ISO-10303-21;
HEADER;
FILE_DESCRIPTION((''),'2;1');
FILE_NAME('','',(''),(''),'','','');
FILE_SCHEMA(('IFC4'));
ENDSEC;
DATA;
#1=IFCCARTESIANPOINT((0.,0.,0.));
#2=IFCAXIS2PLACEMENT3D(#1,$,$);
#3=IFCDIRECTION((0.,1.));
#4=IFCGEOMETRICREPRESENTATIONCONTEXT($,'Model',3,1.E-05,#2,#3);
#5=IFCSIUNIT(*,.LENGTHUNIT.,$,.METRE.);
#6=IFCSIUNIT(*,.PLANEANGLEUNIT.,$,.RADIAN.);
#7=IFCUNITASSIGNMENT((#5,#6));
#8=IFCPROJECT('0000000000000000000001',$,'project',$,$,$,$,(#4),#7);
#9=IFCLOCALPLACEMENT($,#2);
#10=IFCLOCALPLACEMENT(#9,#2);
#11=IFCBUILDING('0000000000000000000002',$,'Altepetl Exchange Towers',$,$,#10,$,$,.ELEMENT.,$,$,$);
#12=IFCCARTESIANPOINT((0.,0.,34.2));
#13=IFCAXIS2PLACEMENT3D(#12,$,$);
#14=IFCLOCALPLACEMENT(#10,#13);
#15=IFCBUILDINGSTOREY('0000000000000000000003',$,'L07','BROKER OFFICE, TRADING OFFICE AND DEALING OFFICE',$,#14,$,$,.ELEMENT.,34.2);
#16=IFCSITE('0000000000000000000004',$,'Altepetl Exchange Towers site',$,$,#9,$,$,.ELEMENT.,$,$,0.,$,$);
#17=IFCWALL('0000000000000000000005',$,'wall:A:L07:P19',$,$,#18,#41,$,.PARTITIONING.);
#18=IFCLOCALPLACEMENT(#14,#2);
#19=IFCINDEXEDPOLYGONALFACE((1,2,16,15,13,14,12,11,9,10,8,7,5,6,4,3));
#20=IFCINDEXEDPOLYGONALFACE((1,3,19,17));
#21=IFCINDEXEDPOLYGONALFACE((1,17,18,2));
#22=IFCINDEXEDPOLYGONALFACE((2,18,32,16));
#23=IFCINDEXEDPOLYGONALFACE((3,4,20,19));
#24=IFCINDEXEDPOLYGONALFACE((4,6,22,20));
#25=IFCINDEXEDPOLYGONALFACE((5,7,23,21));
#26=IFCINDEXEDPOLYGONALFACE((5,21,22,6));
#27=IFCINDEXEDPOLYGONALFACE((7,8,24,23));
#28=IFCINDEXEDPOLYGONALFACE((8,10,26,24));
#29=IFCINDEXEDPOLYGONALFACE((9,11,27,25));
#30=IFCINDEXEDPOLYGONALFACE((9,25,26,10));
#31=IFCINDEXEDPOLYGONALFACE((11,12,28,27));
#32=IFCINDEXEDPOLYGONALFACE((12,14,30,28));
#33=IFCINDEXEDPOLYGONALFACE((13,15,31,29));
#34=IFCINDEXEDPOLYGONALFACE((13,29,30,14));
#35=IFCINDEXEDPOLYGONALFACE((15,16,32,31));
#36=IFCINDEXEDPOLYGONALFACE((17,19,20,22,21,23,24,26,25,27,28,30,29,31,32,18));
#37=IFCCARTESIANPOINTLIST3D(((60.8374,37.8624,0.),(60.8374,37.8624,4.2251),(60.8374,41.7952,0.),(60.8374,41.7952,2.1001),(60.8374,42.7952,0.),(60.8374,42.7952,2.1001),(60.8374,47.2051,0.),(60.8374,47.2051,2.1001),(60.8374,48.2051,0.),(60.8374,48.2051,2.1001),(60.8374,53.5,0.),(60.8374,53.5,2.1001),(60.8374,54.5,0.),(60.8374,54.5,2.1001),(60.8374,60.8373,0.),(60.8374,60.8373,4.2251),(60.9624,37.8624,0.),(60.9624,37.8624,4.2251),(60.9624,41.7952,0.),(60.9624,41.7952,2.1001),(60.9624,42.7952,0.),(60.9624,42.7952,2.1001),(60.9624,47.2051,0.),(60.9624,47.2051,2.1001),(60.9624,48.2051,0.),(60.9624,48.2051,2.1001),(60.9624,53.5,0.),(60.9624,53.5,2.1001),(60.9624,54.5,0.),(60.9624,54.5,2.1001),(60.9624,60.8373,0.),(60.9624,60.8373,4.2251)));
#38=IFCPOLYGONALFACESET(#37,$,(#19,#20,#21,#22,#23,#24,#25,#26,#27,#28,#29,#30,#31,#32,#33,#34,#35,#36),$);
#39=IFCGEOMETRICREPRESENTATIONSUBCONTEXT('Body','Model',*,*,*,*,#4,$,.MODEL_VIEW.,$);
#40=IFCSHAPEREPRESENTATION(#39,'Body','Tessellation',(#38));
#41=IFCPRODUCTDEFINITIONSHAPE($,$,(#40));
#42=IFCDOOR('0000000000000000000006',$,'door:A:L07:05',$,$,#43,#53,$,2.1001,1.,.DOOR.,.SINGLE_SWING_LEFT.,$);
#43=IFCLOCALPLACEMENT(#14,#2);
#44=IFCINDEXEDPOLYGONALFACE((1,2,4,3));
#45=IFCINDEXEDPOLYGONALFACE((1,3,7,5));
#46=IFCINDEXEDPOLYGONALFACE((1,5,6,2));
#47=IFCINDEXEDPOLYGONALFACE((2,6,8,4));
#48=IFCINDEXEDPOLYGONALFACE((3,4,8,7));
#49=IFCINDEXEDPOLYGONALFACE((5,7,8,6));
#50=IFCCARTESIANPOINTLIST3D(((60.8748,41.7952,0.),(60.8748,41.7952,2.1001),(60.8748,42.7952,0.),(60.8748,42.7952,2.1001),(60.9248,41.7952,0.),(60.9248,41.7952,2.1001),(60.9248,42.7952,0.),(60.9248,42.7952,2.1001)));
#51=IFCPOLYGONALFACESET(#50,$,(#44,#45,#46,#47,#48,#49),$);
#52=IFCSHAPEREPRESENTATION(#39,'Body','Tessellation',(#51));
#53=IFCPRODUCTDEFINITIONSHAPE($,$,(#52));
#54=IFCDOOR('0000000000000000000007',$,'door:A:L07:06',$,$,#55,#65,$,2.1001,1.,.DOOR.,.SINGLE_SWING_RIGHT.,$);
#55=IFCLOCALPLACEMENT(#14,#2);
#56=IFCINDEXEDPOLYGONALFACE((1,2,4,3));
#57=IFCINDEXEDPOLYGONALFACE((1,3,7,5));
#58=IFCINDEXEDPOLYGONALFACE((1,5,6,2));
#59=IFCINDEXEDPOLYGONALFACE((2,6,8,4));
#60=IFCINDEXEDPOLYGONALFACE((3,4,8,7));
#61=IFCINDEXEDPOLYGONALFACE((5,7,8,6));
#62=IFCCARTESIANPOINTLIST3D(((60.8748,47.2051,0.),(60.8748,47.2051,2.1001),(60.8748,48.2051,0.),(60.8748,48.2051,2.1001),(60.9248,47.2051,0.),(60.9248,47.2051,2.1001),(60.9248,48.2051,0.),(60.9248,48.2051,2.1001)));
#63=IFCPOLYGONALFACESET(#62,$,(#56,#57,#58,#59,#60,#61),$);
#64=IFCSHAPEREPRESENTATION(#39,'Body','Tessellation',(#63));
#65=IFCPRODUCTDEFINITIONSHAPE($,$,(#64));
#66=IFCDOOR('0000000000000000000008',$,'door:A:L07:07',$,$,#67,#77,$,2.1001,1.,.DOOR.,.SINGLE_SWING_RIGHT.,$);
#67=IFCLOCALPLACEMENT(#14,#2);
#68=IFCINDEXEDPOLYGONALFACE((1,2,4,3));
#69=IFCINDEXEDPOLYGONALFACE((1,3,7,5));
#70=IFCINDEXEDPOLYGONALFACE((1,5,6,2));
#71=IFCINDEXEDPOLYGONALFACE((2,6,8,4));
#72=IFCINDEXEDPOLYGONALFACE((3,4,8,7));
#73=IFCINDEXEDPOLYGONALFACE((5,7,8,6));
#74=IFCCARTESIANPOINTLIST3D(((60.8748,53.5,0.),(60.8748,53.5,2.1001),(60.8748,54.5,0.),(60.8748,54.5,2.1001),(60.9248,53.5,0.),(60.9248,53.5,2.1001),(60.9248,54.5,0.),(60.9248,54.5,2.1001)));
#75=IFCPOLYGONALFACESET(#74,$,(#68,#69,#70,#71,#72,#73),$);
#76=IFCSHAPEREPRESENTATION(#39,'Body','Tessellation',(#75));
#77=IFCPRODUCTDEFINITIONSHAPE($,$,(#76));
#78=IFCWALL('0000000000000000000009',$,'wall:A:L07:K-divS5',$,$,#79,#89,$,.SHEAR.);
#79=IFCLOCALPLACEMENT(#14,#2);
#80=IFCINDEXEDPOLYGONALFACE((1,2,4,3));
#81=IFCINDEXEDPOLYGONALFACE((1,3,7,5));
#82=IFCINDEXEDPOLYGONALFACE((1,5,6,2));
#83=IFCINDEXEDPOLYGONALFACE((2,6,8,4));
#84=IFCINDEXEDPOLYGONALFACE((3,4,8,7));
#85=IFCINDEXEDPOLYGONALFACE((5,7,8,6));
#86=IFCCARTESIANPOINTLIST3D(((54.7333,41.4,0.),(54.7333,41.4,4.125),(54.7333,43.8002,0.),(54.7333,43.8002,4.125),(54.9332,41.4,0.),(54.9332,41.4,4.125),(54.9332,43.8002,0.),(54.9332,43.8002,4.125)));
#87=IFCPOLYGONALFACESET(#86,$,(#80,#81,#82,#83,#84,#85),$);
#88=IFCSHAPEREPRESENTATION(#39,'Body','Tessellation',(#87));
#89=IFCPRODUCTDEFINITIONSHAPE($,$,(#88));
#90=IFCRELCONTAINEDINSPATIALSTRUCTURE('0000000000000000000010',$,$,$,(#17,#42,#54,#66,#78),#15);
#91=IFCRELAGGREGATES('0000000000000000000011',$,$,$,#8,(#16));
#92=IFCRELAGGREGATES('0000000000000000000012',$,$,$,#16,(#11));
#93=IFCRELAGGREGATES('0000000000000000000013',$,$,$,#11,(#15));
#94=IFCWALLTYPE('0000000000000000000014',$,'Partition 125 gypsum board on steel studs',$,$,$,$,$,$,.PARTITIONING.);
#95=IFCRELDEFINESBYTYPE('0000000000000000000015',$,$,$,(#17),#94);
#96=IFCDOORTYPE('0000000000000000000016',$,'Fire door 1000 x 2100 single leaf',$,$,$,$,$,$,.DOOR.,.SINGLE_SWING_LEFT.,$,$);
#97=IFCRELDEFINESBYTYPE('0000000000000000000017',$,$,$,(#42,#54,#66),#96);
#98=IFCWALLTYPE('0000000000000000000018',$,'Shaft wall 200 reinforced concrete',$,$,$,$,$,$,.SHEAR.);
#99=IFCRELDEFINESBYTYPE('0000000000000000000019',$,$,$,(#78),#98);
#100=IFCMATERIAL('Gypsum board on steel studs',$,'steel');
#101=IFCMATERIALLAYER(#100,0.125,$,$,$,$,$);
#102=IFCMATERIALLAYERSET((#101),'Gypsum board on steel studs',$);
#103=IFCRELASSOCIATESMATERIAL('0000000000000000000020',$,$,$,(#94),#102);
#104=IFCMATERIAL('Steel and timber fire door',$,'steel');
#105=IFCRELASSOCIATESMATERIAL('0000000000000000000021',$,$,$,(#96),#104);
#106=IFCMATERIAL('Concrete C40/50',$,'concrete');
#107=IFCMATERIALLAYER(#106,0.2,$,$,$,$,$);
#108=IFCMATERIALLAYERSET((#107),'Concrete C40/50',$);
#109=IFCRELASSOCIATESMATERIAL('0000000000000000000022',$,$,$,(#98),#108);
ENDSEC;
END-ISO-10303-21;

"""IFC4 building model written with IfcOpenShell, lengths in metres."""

from ifc_helpers import new_model, si_unit, direction, frame, frame_2d, origin, place, context, subcontext, project, spatial, rectangle, extrude, material, layer, layer_set, type_object, element, fill, save


model = new_model("IFC4")

# Units and contexts
model_context = context("Model", 3, precision=1e-05, world=origin(), true_north=direction((0.0, 1.0)))
body_context = subcontext(model_context, "Body", "Model", "MODEL_VIEW")
ifc_project = project(units=[si_unit("LENGTHUNIT", "METRE"), si_unit("PLANEANGLEUNIT", "RADIAN")], contexts=[model_context])

# Site, building, storey
site_placement = place(None, origin())
site = spatial("IfcSite", under=ifc_project, at=site_placement, Name="Altepetl Exchange Towers site", CompositionType="ELEMENT", RefElevation=0.0)
building_placement = place(site_placement, origin())
building = spatial("IfcBuilding", under=site, at=building_placement, Name="Altepetl Exchange Towers", CompositionType="ELEMENT")
storey_placement = place(building_placement, frame((0.0, 0.0, 34.2)))
storey = spatial("IfcBuildingStorey", under=building, at=storey_placement, Name="L07", Description="BROKER OFFICE, TRADING OFFICE AND DEALING OFFICE", CompositionType="ELEMENT", Elevation=34.2)

# Shared definitions
ifc_material_1 = material(Name="Steel and timber fire door", Category="steel")

# Shared definitions
ifc_material_2 = material(Name="Gypsum board on steel studs", Category="steel")
ifc_layer_1 = layer(ifc_material_2, 0.125)
ifc_layer_set_1 = layer_set([ifc_layer_1], Name="Gypsum board on steel studs")
wall_type_1 = type_object("IfcWallType", Name="Partition 125 gypsum board on steel studs", PredefinedType="PARTITIONING", material=ifc_layer_set_1)

# Wall, openings, doors
wall_1_placement = place(storey_placement, frame((60.8999, 37.8625, 0.0), z_axis=(0.0, 0.0, 1.0), x_axis=(0.0, 1.0, 0.0)))
wall_1 = element("IfcWall", 1, at=wall_1_placement, inside=storey, type_object=wall_type_1, Name="wall:A:L07:P19", PredefinedType="PARTITIONING", context=body_context, shape_type="SweptSolid", body=[
    extrude(rectangle(XDim=22.9749, YDim=0.125, at=frame_2d((11.4873, 0.0))), origin(), (0.0, 0.0, 1.0), 4.2251),
])
opening_1_placement = place(wall_1_placement, frame((3.9326, 0.0, 0.0)))
opening_1 = element("IfcOpeningElement", 2, at=opening_1_placement, cuts=wall_1, PredefinedType="OPENING", context=body_context, shape_type="SweptSolid", body=[
    extrude(rectangle(XDim=1.0, YDim=2.1001, at=frame_2d((0.5, 1.05))), frame((0.0, 0.0725, 0.0), z_axis=(0.0, -1.0, 0.0), x_axis=(1.0, 0.0, 0.0)), (0.0, 0.0, 1.0), 0.145),
])
opening_2_placement = place(wall_1_placement, frame((9.3425, 0.0, 0.0)))
opening_2 = element("IfcOpeningElement", 3, at=opening_2_placement, cuts=wall_1, PredefinedType="OPENING", context=body_context, shape_type="SweptSolid", body=[
    extrude(rectangle(XDim=1.0, YDim=2.1001, at=frame_2d((0.5, 1.05))), frame((0.0, 0.0725, 0.0), z_axis=(0.0, -1.0, 0.0), x_axis=(1.0, 0.0, 0.0)), (0.0, 0.0, 1.0), 0.145),
])
opening_3_placement = place(wall_1_placement, frame((15.6375, 0.0, 0.0)))
opening_3 = element("IfcOpeningElement", 4, at=opening_3_placement, cuts=wall_1, PredefinedType="OPENING", context=body_context, shape_type="SweptSolid", body=[
    extrude(rectangle(XDim=1.0, YDim=2.1001, at=frame_2d((0.5, 1.05))), frame((0.0, 0.0725, 0.0), z_axis=(0.0, -1.0, 0.0), x_axis=(1.0, 0.0, 0.0)), (0.0, 0.0, 1.0), 0.145),
])
door_type_1 = type_object("IfcDoorType", Name="Fire door 1000 x 2100 single leaf", OperationType="SINGLE_SWING_LEFT", PredefinedType="DOOR", material=ifc_material_1)
door_1_placement = place(opening_1_placement, frame((1.0, 0.0, 0.0), x_axis=(-1.0, 0.0, 0.0)))
door_1 = element("IfcDoor", 5, at=door_1_placement, inside=storey, type_object=door_type_1, Name="door:A:L07:05", OperationType="SINGLE_SWING_LEFT", OverallHeight=2.1001, OverallWidth=1.0, PredefinedType="DOOR", context=body_context, shape_type="SweptSolid", body=[
    extrude(rectangle(XDim=1.0, YDim=2.1001, at=frame_2d((0.5, 1.05))), frame((0.0, 0.0249, 0.0), z_axis=(0.0, -1.0, 0.0), x_axis=(1.0, 0.0, 0.0)), (0.0, 0.0, 1.0), 0.05),
])
fill(opening_1, door_1)
door_2_placement = place(opening_2_placement, frame((1.0, 0.0, 0.0), x_axis=(-1.0, 0.0, 0.0)))
door_2 = element("IfcDoor", 6, at=door_2_placement, inside=storey, type_object=door_type_1, Name="door:A:L07:06", OperationType="SINGLE_SWING_RIGHT", OverallHeight=2.1001, OverallWidth=1.0, PredefinedType="DOOR", context=body_context, shape_type="SweptSolid", body=[
    extrude(rectangle(XDim=1.0, YDim=2.1001, at=frame_2d((0.5, 1.05))), frame((0.0, 0.0249, 0.0), z_axis=(0.0, -1.0, 0.0), x_axis=(1.0, 0.0, 0.0)), (0.0, 0.0, 1.0), 0.05),
])
fill(opening_2, door_2)
door_3_placement = place(opening_3_placement, frame((1.0, 0.0, 0.0), x_axis=(-1.0, 0.0, 0.0)))
door_3 = element("IfcDoor", 7, at=door_3_placement, inside=storey, type_object=door_type_1, Name="door:A:L07:07", OperationType="SINGLE_SWING_RIGHT", OverallHeight=2.1001, OverallWidth=1.0, PredefinedType="DOOR", context=body_context, shape_type="SweptSolid", body=[
    extrude(rectangle(XDim=1.0, YDim=2.1001, at=frame_2d((0.5, 1.05))), frame((0.0, 0.0249, 0.0), z_axis=(0.0, -1.0, 0.0), x_axis=(1.0, 0.0, 0.0)), (0.0, 0.0, 1.0), 0.05),
])
fill(opening_3, door_3)

# Wall
ifc_material_3 = material(Name="Concrete C40/50", Category="concrete")
ifc_layer_2 = layer(ifc_material_3, 0.2)
ifc_layer_set_2 = layer_set([ifc_layer_2], Name="Concrete C40/50")
wall_type_2 = type_object("IfcWallType", Name="Shaft wall 200 reinforced concrete", PredefinedType="SHEAR", material=ifc_layer_set_2)
wall_2_placement = place(storey_placement, frame((54.8333, 41.3999, 0.0), z_axis=(0.0, 0.0, 1.0), x_axis=(0.0, 1.0, 0.0)))
element("IfcWall", 8, at=wall_2_placement, inside=storey, type_object=wall_type_2, Name="wall:A:L07:K-divS5", PredefinedType="SHEAR", context=body_context, shape_type="SweptSolid", body=[
    extrude(rectangle(XDim=2.4001, YDim=0.2, at=frame_2d((1.2002, 0.0))), origin(), (0.0, 0.0, 1.0), 4.125),
])

save(model, "model.ifc")
